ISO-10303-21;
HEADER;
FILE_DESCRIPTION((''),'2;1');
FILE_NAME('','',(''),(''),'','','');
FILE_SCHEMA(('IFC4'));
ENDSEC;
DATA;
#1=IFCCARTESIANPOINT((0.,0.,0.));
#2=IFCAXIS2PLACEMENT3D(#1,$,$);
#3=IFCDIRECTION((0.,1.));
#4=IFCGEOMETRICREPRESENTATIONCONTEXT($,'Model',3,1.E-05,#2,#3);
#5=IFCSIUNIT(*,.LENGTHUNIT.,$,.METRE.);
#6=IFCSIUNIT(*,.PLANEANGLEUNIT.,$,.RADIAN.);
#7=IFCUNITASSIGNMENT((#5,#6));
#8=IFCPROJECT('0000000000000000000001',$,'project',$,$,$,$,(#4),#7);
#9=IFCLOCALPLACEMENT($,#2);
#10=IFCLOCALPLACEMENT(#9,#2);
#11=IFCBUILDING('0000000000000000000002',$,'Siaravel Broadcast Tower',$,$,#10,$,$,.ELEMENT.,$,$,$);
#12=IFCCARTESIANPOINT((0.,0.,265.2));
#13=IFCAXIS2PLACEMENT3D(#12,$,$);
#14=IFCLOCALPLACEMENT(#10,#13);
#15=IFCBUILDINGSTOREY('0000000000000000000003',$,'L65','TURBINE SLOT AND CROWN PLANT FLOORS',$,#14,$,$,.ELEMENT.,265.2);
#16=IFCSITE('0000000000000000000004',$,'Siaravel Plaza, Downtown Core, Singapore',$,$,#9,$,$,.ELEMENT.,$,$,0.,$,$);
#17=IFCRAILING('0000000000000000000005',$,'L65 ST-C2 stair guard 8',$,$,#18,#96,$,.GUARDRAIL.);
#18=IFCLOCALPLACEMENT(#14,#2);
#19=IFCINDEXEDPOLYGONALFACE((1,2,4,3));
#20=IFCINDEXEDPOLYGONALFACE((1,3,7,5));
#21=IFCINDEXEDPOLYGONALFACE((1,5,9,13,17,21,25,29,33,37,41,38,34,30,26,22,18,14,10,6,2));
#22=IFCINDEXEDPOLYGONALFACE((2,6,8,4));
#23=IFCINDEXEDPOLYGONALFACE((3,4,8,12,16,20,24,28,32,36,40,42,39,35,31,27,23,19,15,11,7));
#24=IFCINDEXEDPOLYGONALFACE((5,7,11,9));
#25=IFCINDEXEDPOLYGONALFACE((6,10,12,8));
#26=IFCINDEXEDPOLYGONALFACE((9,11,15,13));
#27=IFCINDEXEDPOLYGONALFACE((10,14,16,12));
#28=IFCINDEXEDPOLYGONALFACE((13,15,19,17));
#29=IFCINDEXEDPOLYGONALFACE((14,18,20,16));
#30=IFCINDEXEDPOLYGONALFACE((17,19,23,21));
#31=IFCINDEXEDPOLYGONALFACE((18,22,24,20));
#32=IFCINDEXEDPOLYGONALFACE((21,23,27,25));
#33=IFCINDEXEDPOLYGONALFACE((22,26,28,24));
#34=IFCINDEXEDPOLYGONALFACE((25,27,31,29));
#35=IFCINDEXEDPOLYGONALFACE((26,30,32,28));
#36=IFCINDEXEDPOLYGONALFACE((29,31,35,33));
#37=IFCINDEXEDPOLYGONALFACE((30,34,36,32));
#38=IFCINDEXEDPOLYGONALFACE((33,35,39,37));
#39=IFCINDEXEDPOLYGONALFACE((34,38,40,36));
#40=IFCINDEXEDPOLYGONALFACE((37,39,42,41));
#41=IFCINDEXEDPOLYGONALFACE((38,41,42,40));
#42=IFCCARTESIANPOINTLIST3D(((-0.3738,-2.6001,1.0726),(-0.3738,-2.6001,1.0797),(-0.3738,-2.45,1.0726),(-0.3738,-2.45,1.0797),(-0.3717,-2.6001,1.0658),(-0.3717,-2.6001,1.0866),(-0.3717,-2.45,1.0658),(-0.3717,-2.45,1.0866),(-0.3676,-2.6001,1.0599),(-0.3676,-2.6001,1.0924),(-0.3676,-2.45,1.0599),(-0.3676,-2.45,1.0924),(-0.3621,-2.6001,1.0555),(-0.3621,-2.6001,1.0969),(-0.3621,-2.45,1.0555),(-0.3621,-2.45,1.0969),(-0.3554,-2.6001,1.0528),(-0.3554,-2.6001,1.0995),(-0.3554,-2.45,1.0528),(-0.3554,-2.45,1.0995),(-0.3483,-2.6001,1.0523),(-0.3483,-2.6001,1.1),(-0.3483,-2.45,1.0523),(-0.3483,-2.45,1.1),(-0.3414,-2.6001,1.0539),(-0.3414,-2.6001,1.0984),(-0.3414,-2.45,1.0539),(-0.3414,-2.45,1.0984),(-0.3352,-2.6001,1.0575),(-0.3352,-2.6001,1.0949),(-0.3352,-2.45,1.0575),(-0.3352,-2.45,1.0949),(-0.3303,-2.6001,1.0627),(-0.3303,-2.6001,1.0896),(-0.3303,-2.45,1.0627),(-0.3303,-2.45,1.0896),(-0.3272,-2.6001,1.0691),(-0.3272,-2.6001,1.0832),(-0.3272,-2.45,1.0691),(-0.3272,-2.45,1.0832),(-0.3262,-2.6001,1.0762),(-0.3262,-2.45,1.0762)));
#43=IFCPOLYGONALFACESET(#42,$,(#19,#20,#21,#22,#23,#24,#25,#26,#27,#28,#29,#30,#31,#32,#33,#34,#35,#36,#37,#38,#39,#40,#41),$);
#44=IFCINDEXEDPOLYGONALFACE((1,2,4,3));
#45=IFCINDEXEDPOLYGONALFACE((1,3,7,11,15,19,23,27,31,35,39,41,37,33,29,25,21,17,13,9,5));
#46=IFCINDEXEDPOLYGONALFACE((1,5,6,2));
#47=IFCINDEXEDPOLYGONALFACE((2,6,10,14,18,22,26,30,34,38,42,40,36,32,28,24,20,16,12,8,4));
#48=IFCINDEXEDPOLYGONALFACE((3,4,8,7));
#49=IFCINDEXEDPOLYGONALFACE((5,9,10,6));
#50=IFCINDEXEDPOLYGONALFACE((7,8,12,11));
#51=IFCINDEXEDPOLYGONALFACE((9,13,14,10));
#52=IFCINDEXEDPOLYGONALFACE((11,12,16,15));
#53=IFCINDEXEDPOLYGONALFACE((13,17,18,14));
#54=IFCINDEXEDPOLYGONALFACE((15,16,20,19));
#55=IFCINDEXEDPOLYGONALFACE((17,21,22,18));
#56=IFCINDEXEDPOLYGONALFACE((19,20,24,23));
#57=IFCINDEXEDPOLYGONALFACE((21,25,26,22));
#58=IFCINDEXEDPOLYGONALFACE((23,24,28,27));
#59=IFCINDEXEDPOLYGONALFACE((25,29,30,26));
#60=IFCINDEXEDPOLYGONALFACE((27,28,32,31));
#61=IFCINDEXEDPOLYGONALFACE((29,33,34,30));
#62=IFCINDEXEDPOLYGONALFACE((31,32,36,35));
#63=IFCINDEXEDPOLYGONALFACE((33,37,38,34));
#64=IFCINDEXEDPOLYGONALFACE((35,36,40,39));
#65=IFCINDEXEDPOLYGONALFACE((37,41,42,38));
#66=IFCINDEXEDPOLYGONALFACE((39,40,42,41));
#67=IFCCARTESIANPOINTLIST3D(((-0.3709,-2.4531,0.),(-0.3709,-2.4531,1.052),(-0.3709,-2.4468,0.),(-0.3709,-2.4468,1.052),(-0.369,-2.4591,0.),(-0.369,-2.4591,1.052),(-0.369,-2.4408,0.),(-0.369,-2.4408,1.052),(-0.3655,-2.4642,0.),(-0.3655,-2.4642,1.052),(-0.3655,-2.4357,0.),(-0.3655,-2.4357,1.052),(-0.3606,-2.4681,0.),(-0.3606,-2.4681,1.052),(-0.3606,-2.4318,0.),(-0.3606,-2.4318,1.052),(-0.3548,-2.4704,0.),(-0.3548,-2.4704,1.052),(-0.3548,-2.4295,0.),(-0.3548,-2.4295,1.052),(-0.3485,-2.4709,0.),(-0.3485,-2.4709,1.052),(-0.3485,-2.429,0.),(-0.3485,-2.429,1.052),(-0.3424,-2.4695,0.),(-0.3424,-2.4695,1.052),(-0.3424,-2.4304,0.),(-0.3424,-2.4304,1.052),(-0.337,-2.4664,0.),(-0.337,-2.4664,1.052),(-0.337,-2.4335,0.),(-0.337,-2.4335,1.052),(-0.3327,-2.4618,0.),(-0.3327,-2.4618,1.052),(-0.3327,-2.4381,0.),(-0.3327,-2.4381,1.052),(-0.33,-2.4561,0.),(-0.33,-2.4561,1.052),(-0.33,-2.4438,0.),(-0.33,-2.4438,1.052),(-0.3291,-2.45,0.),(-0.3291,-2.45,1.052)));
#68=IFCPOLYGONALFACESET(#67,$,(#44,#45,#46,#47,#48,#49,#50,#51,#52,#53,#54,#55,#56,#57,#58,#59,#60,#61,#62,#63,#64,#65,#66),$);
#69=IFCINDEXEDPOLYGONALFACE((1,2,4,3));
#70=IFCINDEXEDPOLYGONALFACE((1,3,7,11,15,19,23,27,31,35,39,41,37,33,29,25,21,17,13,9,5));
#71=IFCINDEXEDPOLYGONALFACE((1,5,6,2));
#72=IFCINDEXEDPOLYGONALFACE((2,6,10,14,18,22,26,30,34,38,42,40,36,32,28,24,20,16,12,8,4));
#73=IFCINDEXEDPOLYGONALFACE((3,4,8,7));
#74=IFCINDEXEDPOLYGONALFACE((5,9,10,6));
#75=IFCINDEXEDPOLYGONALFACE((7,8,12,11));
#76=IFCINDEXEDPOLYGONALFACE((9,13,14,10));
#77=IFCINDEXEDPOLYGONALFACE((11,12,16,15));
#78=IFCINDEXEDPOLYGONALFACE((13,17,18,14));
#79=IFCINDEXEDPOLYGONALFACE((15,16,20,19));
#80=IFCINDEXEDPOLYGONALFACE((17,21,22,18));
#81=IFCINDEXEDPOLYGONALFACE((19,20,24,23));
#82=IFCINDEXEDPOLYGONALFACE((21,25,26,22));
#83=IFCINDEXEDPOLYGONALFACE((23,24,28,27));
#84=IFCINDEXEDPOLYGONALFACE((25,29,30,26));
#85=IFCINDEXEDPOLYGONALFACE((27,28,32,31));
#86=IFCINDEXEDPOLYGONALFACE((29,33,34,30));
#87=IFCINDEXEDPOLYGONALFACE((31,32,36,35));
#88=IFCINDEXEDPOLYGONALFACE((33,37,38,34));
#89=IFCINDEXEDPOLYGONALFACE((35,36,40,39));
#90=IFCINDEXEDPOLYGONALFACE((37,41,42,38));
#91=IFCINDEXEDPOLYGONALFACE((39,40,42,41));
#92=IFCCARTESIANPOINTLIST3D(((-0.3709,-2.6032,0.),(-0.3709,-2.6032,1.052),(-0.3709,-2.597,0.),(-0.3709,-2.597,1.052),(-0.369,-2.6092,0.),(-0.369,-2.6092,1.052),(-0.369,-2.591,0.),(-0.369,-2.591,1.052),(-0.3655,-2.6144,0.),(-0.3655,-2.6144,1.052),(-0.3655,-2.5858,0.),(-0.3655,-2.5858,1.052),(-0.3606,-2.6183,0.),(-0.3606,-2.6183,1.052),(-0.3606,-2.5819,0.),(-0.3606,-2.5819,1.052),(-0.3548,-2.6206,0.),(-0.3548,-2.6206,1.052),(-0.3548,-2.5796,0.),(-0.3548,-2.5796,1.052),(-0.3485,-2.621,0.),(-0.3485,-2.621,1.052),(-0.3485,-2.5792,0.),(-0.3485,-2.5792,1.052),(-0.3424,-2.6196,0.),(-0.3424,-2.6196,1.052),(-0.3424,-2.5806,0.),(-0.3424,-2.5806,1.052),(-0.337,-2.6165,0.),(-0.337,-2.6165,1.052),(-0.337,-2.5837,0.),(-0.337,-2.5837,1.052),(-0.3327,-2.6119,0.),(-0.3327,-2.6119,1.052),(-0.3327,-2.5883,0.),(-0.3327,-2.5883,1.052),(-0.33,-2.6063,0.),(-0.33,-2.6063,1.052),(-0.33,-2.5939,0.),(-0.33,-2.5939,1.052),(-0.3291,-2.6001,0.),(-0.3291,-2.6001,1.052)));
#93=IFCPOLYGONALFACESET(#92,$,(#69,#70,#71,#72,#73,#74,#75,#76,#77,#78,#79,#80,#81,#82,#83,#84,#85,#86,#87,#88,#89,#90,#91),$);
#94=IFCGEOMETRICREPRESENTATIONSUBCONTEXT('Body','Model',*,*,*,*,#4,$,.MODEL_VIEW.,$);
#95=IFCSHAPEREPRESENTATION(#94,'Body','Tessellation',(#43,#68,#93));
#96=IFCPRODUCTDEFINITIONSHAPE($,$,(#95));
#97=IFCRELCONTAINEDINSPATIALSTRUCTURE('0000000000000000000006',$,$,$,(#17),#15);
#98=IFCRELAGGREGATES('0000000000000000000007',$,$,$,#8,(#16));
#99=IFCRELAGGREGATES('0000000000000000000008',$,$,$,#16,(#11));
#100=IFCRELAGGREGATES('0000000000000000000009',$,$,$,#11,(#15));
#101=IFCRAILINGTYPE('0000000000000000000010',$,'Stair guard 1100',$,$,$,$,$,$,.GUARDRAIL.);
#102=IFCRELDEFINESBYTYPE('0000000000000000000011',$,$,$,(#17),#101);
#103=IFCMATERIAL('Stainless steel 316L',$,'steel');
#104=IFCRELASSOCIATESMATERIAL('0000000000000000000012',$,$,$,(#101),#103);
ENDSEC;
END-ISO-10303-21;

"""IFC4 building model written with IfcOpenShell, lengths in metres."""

from ifc_helpers import new_model, si_unit, direction, frame, origin, origin_2d, place, context, subcontext, project, spatial, circle, extrude, material, type_object, element, save


model = new_model("IFC4")

# Units and contexts
model_context = context("Model", 3, precision=1e-05, world=origin(), true_north=direction((0.0, 1.0)))
body_context = subcontext(model_context, "Body", "Model", "MODEL_VIEW")
ifc_project = project(units=[si_unit("LENGTHUNIT", "METRE"), si_unit("PLANEANGLEUNIT", "RADIAN")], contexts=[model_context])

# Site, building, storey
site_placement = place(None, origin())
site = spatial("IfcSite", under=ifc_project, at=site_placement, Name="Siaravel Plaza, Downtown Core, Singapore", CompositionType="ELEMENT", RefElevation=0.0)
building_placement = place(site_placement, origin())
building = spatial("IfcBuilding", under=site, at=building_placement, Name="Siaravel Broadcast Tower", CompositionType="ELEMENT")
storey_placement = place(building_placement, frame((0.0, 0.0, 265.2)))
storey = spatial("IfcBuildingStorey", under=building, at=storey_placement, Name="L65", Description="TURBINE SLOT AND CROWN PLANT FLOORS", CompositionType="ELEMENT", Elevation=265.2)

# Railing
ifc_material_1 = material(Name="Stainless steel 316L", Category="steel")
railing_type_1 = type_object("IfcRailingType", Name="Stair guard 1100", PredefinedType="GUARDRAIL", material=ifc_material_1)
railing_1_placement = place(storey_placement, frame((-0.3501, -2.45, 0.0)))
element("IfcRailing", 1, at=railing_1_placement, inside=storey, type_object=railing_type_1, Name="L65 ST-C2 stair guard 8", PredefinedType="GUARDRAIL", context=body_context, shape_type="SweptSolid", body=[
    extrude(circle(Radius=0.0239, at=origin_2d()), frame((0.0, 0.0, 1.0762), z_axis=(0.0, -1.0, 0.0), x_axis=(1.0, 0.0, 0.0)), (0.0, 0.0, 1.0), 0.1501),
    extrude(circle(Radius=0.021, at=origin_2d()), origin(), (0.0, 0.0, 1.0), 1.052),
    extrude(circle(Radius=0.021, at=origin_2d()), frame((0.0, -0.1501, 0.0)), (0.0, 0.0, 1.0), 1.052),
])

save(model, "model.ifc")
